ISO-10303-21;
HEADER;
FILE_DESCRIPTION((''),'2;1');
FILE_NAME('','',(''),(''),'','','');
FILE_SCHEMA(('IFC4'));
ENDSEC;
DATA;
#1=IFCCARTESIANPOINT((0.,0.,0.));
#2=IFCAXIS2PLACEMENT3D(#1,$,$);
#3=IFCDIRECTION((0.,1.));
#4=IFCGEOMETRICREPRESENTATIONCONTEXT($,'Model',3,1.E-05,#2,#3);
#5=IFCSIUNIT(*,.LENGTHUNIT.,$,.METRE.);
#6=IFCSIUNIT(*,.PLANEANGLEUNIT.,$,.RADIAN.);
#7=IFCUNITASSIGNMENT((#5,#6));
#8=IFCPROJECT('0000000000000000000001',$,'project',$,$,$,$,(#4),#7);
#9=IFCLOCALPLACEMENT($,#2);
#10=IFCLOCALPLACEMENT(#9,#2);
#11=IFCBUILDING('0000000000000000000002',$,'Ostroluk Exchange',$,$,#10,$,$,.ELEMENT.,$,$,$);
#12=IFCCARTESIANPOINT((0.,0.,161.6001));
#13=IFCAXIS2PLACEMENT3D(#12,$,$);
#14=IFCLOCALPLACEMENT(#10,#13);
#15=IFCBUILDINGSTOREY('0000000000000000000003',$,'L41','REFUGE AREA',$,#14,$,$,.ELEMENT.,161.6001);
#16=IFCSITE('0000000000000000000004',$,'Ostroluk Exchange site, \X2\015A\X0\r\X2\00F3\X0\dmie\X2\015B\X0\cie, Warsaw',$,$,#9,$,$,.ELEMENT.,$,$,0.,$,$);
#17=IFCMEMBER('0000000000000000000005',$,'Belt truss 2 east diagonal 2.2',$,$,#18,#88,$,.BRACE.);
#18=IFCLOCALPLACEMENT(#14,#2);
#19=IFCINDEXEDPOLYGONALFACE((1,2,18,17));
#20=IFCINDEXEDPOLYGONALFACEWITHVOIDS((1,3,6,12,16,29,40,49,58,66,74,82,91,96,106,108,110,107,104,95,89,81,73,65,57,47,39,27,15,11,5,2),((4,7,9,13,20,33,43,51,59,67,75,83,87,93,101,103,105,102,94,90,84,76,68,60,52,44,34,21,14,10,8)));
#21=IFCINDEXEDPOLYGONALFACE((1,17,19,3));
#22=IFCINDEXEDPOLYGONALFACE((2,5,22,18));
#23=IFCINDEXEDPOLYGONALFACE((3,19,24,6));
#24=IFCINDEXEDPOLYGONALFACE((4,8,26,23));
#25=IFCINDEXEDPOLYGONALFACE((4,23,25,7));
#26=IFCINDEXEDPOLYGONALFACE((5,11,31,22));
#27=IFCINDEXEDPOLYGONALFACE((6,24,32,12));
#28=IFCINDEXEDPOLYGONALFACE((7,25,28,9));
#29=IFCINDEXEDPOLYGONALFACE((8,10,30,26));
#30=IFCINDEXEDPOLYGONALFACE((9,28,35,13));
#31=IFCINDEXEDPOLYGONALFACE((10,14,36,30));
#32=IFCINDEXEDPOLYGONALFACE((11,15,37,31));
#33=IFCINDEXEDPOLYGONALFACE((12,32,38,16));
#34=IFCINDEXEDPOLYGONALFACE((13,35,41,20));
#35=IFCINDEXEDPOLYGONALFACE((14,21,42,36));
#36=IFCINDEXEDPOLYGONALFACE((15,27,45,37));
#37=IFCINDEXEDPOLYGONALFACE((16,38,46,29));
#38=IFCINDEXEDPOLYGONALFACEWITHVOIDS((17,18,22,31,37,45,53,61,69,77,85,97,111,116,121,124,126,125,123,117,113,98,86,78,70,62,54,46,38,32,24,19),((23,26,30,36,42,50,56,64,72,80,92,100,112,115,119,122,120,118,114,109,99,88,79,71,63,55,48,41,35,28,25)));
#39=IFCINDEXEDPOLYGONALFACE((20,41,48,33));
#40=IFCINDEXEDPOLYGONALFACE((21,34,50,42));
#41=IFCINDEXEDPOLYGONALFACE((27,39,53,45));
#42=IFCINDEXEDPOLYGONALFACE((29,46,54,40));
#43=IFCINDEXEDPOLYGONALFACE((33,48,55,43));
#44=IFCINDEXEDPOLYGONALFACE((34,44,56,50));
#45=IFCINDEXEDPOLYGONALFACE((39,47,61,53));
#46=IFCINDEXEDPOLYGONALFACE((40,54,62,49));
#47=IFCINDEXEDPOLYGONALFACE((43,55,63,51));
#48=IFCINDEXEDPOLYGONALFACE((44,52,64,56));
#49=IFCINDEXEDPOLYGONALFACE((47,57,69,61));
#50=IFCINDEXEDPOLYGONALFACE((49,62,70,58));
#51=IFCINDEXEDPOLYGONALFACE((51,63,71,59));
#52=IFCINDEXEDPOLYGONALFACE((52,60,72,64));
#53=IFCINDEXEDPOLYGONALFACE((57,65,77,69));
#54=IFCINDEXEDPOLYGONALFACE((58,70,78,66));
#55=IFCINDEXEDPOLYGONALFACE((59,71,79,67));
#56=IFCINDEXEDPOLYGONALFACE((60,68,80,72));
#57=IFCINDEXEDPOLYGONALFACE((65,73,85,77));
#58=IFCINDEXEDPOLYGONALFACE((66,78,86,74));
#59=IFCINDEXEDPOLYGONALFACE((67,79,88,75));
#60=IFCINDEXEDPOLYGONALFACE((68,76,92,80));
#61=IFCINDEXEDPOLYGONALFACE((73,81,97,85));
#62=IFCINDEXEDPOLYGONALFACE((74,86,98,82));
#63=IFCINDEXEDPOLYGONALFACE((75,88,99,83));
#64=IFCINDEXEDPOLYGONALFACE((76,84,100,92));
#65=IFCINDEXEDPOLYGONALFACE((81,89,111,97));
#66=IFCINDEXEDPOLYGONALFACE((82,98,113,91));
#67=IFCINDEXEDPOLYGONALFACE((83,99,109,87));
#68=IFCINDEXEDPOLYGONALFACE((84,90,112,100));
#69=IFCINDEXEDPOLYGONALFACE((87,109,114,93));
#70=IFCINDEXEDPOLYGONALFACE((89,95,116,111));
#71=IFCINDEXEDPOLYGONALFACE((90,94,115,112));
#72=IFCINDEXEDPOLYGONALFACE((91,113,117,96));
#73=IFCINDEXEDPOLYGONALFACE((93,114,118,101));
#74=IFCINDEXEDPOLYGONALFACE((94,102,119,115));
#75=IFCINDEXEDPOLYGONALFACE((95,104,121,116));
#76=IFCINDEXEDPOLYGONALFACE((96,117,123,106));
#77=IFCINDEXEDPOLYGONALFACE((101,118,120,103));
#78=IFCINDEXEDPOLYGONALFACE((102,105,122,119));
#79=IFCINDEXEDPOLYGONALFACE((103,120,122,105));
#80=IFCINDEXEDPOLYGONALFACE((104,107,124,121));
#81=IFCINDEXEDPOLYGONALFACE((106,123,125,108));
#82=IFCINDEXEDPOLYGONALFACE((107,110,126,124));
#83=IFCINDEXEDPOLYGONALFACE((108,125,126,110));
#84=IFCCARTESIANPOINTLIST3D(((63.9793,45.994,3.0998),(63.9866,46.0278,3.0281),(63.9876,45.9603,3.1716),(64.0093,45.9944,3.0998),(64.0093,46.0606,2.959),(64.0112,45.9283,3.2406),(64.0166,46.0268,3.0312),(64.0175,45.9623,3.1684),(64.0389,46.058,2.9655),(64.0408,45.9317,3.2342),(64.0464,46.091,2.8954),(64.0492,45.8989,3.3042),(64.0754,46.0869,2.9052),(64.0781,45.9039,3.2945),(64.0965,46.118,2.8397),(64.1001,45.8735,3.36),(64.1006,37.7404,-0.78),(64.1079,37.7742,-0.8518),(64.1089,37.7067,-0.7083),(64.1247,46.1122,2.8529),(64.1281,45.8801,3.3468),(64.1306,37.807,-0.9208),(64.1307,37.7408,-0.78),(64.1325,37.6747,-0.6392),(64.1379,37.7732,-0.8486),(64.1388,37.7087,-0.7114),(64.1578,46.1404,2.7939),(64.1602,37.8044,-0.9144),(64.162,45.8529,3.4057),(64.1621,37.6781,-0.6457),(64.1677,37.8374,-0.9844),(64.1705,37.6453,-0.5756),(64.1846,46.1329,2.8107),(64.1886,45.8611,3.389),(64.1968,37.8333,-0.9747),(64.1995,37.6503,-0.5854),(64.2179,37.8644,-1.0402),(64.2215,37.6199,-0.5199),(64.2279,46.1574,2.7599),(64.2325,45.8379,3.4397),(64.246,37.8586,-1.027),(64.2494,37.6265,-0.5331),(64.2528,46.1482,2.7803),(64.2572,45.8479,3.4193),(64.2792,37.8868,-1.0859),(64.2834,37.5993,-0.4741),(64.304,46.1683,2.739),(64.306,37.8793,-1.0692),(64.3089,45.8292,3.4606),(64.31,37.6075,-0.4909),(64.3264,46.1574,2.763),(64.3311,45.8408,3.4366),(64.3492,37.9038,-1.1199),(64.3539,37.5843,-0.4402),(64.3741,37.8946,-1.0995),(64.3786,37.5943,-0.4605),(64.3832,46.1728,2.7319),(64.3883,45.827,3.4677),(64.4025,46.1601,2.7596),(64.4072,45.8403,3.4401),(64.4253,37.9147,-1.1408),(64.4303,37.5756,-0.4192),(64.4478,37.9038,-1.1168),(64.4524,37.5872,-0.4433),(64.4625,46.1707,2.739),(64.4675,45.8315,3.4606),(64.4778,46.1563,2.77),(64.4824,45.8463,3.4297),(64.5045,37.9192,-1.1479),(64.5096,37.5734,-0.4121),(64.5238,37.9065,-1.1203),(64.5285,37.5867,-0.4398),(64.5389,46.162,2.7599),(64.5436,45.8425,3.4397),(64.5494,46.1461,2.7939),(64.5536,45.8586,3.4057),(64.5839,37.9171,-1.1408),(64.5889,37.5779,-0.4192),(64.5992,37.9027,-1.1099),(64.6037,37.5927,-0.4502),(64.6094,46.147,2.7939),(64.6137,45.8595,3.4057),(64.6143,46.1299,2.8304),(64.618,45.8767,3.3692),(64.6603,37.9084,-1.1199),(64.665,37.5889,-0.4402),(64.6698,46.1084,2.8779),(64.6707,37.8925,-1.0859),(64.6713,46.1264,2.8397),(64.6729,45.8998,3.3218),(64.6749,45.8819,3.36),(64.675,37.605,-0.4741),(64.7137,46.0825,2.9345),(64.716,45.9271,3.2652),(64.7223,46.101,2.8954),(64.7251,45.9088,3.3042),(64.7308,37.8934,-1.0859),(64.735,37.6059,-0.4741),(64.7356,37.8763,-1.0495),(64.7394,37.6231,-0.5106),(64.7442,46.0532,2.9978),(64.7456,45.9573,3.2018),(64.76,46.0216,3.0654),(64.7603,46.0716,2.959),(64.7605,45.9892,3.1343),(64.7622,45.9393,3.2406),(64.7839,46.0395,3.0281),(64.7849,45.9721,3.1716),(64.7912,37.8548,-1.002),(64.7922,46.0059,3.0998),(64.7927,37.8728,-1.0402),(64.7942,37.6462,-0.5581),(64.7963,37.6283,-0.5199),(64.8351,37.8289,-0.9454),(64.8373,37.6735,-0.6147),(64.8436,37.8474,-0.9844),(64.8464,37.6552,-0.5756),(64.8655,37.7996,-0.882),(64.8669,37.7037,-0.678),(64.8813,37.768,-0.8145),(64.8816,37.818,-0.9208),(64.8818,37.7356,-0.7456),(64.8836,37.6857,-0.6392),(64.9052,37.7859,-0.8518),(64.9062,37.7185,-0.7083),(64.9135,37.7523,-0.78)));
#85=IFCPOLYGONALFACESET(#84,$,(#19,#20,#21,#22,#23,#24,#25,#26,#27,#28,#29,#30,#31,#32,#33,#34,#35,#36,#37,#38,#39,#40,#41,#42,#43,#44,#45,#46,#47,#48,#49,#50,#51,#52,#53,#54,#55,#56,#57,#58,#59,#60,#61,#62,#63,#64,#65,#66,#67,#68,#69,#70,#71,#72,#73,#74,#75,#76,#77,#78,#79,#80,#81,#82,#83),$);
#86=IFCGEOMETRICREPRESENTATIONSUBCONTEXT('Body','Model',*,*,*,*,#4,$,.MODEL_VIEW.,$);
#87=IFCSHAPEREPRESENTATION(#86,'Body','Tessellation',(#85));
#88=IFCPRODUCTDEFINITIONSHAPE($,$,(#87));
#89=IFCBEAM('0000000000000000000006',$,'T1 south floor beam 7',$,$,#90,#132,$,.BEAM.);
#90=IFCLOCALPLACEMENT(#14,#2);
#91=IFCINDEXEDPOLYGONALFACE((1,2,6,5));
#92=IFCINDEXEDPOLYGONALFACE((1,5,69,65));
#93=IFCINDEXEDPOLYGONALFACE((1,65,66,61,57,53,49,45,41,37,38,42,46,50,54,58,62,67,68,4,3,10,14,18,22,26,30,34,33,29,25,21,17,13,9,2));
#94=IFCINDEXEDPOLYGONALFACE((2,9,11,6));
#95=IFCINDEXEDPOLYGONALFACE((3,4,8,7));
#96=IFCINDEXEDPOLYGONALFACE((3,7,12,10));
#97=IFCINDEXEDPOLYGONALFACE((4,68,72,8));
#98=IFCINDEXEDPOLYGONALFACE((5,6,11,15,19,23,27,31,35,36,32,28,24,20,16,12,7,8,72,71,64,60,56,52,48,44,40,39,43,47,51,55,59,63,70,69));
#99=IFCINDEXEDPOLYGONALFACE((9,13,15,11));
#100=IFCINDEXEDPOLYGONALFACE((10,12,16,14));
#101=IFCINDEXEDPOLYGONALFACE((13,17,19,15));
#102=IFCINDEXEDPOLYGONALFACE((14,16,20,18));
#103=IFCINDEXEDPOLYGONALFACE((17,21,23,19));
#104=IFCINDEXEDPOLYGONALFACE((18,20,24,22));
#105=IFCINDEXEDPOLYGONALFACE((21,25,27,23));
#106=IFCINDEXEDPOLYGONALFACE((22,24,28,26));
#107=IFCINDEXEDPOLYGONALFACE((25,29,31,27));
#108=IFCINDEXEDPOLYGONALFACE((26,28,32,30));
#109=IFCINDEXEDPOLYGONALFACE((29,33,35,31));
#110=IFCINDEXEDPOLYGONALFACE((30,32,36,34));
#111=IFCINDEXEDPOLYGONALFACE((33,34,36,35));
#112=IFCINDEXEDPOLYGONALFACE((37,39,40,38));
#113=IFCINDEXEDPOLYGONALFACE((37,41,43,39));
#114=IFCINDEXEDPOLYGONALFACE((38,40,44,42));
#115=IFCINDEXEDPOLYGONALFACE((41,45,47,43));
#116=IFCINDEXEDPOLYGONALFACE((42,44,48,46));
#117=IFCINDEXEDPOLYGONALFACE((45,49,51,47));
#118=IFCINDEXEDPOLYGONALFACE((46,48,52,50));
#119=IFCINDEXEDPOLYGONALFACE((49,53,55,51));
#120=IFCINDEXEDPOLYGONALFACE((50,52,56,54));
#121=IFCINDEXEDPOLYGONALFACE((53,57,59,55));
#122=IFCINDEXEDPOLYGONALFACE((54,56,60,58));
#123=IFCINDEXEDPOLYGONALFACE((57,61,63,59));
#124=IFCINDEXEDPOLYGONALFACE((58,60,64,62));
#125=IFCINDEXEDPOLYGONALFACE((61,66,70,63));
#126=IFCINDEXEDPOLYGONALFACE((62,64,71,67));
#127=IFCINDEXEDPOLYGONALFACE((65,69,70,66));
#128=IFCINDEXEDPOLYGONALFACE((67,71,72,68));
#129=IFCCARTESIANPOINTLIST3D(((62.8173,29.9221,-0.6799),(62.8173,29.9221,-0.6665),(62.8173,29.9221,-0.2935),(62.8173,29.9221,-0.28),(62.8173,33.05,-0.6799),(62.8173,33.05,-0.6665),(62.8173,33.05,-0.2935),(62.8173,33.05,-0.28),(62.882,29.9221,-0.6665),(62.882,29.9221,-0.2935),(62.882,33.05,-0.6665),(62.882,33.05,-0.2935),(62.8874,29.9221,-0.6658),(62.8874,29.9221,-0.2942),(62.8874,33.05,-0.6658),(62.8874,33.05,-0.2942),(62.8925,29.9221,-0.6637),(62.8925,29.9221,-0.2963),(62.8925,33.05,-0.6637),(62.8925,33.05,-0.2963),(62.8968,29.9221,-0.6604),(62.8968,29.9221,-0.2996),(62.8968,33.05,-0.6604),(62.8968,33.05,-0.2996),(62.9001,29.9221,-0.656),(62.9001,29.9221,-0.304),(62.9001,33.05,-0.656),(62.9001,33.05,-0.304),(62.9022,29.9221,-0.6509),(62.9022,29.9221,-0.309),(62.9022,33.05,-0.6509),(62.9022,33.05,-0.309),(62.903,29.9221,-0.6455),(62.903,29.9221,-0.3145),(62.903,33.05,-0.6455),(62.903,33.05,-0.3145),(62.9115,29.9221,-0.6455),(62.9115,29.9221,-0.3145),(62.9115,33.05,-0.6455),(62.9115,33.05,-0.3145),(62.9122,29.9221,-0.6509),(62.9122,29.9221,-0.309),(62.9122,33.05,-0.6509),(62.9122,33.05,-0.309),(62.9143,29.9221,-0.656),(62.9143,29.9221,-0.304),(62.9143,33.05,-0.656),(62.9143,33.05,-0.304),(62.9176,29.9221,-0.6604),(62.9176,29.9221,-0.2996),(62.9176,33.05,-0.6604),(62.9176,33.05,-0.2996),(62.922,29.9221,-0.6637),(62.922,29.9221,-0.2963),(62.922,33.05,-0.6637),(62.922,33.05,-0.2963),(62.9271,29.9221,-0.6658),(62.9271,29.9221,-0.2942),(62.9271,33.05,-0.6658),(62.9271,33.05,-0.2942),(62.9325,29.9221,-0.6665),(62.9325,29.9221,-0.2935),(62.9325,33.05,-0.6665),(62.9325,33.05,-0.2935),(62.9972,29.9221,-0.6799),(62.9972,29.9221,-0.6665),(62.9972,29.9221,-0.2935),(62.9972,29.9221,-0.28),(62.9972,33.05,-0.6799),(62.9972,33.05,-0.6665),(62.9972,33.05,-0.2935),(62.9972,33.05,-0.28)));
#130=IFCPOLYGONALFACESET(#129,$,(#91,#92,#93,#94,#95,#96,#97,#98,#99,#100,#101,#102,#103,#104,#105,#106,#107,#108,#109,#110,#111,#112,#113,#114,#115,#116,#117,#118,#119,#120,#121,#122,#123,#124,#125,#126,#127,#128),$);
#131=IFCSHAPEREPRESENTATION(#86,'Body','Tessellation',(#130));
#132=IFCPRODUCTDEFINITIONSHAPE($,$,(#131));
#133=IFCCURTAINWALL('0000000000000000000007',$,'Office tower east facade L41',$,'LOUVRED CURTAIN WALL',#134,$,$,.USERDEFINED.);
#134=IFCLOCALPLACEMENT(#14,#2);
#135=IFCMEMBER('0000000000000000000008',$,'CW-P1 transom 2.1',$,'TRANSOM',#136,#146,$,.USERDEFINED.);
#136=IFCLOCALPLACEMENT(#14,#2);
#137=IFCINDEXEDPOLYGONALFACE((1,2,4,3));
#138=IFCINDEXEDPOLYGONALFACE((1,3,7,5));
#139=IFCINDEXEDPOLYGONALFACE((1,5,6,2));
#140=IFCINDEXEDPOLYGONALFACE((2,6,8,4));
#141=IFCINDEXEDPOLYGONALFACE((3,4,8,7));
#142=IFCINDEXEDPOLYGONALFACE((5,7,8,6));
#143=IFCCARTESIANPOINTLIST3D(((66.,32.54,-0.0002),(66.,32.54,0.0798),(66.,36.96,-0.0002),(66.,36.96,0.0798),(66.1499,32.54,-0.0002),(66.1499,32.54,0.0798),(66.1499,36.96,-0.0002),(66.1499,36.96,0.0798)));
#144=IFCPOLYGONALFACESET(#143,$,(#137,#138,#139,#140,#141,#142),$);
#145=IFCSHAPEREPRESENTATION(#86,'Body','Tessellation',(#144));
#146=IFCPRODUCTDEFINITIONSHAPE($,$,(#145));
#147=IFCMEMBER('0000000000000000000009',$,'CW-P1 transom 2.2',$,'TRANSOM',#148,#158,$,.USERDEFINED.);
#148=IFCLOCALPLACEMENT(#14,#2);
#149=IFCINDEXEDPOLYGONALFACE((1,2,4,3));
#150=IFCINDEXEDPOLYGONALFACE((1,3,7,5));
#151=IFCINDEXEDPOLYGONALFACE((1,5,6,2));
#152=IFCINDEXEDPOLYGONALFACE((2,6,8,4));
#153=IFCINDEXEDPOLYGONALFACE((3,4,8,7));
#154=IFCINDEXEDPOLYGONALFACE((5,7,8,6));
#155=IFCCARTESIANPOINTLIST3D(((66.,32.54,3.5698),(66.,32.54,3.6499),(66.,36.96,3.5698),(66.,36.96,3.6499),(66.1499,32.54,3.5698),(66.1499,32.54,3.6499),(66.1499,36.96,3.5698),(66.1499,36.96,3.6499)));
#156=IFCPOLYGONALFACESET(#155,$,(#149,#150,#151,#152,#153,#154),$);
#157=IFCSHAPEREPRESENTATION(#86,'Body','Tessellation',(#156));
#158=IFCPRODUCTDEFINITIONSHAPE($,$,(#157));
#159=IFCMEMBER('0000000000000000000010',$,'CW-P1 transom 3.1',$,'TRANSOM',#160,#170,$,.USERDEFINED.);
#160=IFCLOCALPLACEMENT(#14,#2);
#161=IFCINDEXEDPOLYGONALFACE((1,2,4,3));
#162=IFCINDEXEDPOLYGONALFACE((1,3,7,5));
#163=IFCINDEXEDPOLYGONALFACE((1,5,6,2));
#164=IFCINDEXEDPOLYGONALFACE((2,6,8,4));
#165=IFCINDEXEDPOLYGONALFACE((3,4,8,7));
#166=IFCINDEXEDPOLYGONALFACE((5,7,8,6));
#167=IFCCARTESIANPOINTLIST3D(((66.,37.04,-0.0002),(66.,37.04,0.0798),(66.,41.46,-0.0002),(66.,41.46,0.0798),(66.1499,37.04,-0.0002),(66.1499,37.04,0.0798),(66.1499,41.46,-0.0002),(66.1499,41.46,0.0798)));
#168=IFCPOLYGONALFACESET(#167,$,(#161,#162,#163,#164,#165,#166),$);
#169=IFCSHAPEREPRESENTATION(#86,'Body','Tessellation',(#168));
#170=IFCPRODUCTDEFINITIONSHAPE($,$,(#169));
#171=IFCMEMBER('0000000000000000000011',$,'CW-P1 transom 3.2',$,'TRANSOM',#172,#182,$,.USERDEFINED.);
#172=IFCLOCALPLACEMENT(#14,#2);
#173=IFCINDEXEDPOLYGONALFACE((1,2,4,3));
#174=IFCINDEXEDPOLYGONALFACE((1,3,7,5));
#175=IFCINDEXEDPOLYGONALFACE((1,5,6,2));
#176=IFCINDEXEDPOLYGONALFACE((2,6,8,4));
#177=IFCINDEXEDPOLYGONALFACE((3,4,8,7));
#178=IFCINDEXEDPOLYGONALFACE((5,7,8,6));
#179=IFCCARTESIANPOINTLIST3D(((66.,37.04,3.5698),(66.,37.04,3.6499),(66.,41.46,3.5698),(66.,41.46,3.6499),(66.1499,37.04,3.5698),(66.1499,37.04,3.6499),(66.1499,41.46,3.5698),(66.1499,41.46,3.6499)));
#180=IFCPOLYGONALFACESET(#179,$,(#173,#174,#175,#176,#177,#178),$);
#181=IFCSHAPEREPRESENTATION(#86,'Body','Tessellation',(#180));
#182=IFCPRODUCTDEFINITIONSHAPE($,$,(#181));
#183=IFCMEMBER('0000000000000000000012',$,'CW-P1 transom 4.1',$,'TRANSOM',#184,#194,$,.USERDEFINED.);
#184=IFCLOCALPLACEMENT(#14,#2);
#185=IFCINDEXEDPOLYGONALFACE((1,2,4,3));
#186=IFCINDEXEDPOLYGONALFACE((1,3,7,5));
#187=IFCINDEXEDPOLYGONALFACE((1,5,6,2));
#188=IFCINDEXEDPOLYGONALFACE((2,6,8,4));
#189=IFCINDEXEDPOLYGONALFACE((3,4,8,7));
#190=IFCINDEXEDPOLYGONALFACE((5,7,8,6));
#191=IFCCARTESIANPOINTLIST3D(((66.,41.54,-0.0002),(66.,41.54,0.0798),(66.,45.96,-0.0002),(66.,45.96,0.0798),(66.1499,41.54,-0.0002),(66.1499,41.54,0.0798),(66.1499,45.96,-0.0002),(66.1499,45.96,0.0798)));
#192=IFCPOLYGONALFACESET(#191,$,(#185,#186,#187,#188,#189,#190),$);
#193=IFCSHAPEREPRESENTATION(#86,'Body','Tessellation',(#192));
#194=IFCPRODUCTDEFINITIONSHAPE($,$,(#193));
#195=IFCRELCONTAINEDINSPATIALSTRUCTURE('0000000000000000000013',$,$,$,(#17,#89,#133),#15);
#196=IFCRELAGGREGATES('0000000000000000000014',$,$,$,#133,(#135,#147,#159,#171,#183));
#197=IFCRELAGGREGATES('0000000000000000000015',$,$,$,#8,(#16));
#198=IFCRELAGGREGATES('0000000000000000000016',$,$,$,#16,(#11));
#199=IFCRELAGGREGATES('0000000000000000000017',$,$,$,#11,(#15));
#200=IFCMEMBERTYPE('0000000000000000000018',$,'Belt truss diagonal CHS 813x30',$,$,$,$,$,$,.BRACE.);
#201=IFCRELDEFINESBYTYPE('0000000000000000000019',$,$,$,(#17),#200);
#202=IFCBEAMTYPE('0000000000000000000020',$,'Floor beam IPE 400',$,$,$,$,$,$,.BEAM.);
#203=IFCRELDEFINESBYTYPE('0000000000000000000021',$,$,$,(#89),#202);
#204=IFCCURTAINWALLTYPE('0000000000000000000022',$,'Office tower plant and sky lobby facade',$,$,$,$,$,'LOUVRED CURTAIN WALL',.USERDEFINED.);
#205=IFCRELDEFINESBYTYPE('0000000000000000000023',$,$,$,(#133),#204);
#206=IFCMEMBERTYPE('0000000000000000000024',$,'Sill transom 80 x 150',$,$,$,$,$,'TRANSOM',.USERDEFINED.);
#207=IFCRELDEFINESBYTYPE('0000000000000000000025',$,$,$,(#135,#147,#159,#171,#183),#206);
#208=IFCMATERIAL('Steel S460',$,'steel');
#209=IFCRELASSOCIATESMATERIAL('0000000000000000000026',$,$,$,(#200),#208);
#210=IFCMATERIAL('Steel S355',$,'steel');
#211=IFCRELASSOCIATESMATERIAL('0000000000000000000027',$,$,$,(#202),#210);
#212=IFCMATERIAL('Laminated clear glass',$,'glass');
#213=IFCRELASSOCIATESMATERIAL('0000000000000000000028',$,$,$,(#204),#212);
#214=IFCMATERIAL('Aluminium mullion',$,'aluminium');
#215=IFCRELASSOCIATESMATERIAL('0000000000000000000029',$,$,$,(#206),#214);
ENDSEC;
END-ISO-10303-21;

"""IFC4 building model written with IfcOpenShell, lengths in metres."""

from ifc_helpers import new_model, si_unit, direction, frame, origin, origin_2d, place, context, subcontext, project, spatial, rectangle, hollow_circle, i_section, extrude, material, material_profile, profile_set, type_object, element, aggregate, save


model = new_model("IFC4")

# Units and contexts
model_context = context("Model", 3, precision=1e-05, world=origin(), true_north=direction((0.0, 1.0)))
body_context = subcontext(model_context, "Body", "Model", "MODEL_VIEW")
ifc_project = project(units=[si_unit("LENGTHUNIT", "METRE"), si_unit("PLANEANGLEUNIT", "RADIAN")], contexts=[model_context])

# Site, building, storey
site_placement = place(None, origin())
site = spatial("IfcSite", under=ifc_project, at=site_placement, Name="Ostroluk Exchange site, Śródmieście, Warsaw", CompositionType="ELEMENT", RefElevation=0.0)
building_placement = place(site_placement, origin())
building = spatial("IfcBuilding", under=site, at=building_placement, Name="Ostroluk Exchange", CompositionType="ELEMENT")
storey_placement = place(building_placement, frame((0.0, 0.0, 161.6001)))
storey = spatial("IfcBuildingStorey", under=building, at=storey_placement, Name="L41", Description="REFUGE AREA", CompositionType="ELEMENT", Elevation=161.6001)

# Member
ifc_material_1 = material(Name="Steel S460", Category="steel")
ifc_material_profile_1 = material_profile(ifc_material_1, hollow_circle(Radius=0.4065, WallThickness=0.03, at=origin_2d()), Name="CHS 813x30")
ifc_profile_set_1 = profile_set([ifc_material_profile_1], Name="Steel S460")
member_type_1 = type_object("IfcMemberType", Name="Belt truss diagonal CHS 813x30", PredefinedType="BRACE", material=ifc_profile_set_1)
member_1_placement = place(storey_placement, frame((64.5071, 37.7463, -0.78), z_axis=(-0.013303, 0.904916, 0.425383), x_axis=(-0.999892, -0.0147, 0.0)))
element("IfcMember", 1, at=member_1_placement, inside=storey, type_object=member_type_1, Name="Belt truss 2 east diagonal 2.2", PredefinedType="BRACE", context=body_context, shape_type="SweptSolid", body=[
    extrude(hollow_circle(Radius=0.4065, WallThickness=0.03, at=origin_2d()), origin(), (0.0, 0.0, 1.0), 9.1208),
])

# Beam
ifc_material_2 = material(Name="Steel S355", Category="steel")
ifc_material_profile_2 = material_profile(ifc_material_2, i_section(OverallWidth=0.1799, OverallDepth=0.3999, WebThickness=0.0085, FlangeThickness=0.0134, FilletRadius=0.021, at=origin_2d()), Name="IPE 400")
ifc_profile_set_2 = profile_set([ifc_material_profile_2], Name="Steel S355")
beam_type = type_object("IfcBeamType", Name="Floor beam IPE 400", PredefinedType="BEAM", material=ifc_profile_set_2)
beam_placement = place(storey_placement, frame((62.9072, 33.05, -0.48), z_axis=(0.0, -1.0, 0.0), x_axis=(1.0, 0.0, 0.0)))
element("IfcBeam", 2, at=beam_placement, inside=storey, type_object=beam_type, Name="T1 south floor beam 7", PredefinedType="BEAM", context=body_context, shape_type="SweptSolid", body=[
    extrude(i_section(OverallWidth=0.1799, OverallDepth=0.3999, WebThickness=0.0085, FlangeThickness=0.0134, FilletRadius=0.021, at=origin_2d()), origin(), (0.0, 0.0, 1.0), 3.1279),
])

# Curtain wall, members
ifc_material_3 = material(Name="Laminated clear glass", Category="glass")
curtain_wall_type = type_object("IfcCurtainWallType", Name="Office tower plant and sky lobby facade", ElementType="LOUVRED CURTAIN WALL", PredefinedType="USERDEFINED", material=ifc_material_3)
curtain_wall_placement = place(storey_placement, origin())
curtain_wall = element("IfcCurtainWall", 3, at=curtain_wall_placement, inside=storey, type_object=curtain_wall_type, Name="Office tower east facade L41", ObjectType="LOUVRED CURTAIN WALL", PredefinedType="USERDEFINED")
ifc_material_4 = material(Name="Aluminium mullion", Category="aluminium")
ifc_material_profile_3 = material_profile(ifc_material_4, rectangle(XDim=0.1499, YDim=0.0801, at=origin_2d()), Name="Sill transom 80 x 150")
ifc_profile_set_3 = profile_set([ifc_material_profile_3], Name="Aluminium mullion")
member_type_2 = type_object("IfcMemberType", Name="Sill transom 80 x 150", ElementType="TRANSOM", PredefinedType="USERDEFINED", material=ifc_profile_set_3)
member_2_placement = place(storey_placement, frame((66.075, 32.54, 0.0398), z_axis=(0.0, 1.0, 0.0), x_axis=(-1.0, 0.0, 0.0)))
member_2 = element("IfcMember", 4, at=member_2_placement, type_object=member_type_2, Name="CW-P1 transom 2.1", ObjectType="TRANSOM", PredefinedType="USERDEFINED", context=body_context, shape_type="SweptSolid", body=[
    extrude(rectangle(XDim=0.1499, YDim=0.0801, at=origin_2d()), origin(), (0.0, 0.0, 1.0), 4.4199),
])
member_3_placement = place(storey_placement, frame((66.075, 32.54, 3.6099), z_axis=(0.0, 1.0, 0.0), x_axis=(-1.0, 0.0, 0.0)))
member_3 = element("IfcMember", 5, at=member_3_placement, type_object=member_type_2, Name="CW-P1 transom 2.2", ObjectType="TRANSOM", PredefinedType="USERDEFINED", context=body_context, shape_type="SweptSolid", body=[
    extrude(rectangle(XDim=0.1499, YDim=0.0801, at=origin_2d()), origin(), (0.0, 0.0, 1.0), 4.4199),
])
member_4_placement = place(storey_placement, frame((66.075, 37.04, 0.0398), z_axis=(0.0, 1.0, 0.0), x_axis=(-1.0, 0.0, 0.0)))
member_4 = element("IfcMember", 6, at=member_4_placement, type_object=member_type_2, Name="CW-P1 transom 3.1", ObjectType="TRANSOM", PredefinedType="USERDEFINED", context=body_context, shape_type="SweptSolid", body=[
    extrude(rectangle(XDim=0.1499, YDim=0.0801, at=origin_2d()), origin(), (0.0, 0.0, 1.0), 4.4199),
])
member_5_placement = place(storey_placement, frame((66.075, 37.04, 3.6099), z_axis=(0.0, 1.0, 0.0), x_axis=(-1.0, 0.0, 0.0)))
member_5 = element("IfcMember", 7, at=member_5_placement, type_object=member_type_2, Name="CW-P1 transom 3.2", ObjectType="TRANSOM", PredefinedType="USERDEFINED", context=body_context, shape_type="SweptSolid", body=[
    extrude(rectangle(XDim=0.1499, YDim=0.0801, at=origin_2d()), origin(), (0.0, 0.0, 1.0), 4.4199),
])
member_6_placement = place(storey_placement, frame((66.075, 41.54, 0.0398), z_axis=(0.0, 1.0, 0.0), x_axis=(-1.0, 0.0, 0.0)))
member_6 = element("IfcMember", 8, at=member_6_placement, type_object=member_type_2, Name="CW-P1 transom 4.1", ObjectType="TRANSOM", PredefinedType="USERDEFINED", context=body_context, shape_type="SweptSolid", body=[
    extrude(rectangle(XDim=0.1499, YDim=0.0801, at=origin_2d()), origin(), (0.0, 0.0, 1.0), 4.4199),
])
aggregate(curtain_wall, [member_2, member_3, member_4, member_5, member_6])

save(model, "model.ifc")
